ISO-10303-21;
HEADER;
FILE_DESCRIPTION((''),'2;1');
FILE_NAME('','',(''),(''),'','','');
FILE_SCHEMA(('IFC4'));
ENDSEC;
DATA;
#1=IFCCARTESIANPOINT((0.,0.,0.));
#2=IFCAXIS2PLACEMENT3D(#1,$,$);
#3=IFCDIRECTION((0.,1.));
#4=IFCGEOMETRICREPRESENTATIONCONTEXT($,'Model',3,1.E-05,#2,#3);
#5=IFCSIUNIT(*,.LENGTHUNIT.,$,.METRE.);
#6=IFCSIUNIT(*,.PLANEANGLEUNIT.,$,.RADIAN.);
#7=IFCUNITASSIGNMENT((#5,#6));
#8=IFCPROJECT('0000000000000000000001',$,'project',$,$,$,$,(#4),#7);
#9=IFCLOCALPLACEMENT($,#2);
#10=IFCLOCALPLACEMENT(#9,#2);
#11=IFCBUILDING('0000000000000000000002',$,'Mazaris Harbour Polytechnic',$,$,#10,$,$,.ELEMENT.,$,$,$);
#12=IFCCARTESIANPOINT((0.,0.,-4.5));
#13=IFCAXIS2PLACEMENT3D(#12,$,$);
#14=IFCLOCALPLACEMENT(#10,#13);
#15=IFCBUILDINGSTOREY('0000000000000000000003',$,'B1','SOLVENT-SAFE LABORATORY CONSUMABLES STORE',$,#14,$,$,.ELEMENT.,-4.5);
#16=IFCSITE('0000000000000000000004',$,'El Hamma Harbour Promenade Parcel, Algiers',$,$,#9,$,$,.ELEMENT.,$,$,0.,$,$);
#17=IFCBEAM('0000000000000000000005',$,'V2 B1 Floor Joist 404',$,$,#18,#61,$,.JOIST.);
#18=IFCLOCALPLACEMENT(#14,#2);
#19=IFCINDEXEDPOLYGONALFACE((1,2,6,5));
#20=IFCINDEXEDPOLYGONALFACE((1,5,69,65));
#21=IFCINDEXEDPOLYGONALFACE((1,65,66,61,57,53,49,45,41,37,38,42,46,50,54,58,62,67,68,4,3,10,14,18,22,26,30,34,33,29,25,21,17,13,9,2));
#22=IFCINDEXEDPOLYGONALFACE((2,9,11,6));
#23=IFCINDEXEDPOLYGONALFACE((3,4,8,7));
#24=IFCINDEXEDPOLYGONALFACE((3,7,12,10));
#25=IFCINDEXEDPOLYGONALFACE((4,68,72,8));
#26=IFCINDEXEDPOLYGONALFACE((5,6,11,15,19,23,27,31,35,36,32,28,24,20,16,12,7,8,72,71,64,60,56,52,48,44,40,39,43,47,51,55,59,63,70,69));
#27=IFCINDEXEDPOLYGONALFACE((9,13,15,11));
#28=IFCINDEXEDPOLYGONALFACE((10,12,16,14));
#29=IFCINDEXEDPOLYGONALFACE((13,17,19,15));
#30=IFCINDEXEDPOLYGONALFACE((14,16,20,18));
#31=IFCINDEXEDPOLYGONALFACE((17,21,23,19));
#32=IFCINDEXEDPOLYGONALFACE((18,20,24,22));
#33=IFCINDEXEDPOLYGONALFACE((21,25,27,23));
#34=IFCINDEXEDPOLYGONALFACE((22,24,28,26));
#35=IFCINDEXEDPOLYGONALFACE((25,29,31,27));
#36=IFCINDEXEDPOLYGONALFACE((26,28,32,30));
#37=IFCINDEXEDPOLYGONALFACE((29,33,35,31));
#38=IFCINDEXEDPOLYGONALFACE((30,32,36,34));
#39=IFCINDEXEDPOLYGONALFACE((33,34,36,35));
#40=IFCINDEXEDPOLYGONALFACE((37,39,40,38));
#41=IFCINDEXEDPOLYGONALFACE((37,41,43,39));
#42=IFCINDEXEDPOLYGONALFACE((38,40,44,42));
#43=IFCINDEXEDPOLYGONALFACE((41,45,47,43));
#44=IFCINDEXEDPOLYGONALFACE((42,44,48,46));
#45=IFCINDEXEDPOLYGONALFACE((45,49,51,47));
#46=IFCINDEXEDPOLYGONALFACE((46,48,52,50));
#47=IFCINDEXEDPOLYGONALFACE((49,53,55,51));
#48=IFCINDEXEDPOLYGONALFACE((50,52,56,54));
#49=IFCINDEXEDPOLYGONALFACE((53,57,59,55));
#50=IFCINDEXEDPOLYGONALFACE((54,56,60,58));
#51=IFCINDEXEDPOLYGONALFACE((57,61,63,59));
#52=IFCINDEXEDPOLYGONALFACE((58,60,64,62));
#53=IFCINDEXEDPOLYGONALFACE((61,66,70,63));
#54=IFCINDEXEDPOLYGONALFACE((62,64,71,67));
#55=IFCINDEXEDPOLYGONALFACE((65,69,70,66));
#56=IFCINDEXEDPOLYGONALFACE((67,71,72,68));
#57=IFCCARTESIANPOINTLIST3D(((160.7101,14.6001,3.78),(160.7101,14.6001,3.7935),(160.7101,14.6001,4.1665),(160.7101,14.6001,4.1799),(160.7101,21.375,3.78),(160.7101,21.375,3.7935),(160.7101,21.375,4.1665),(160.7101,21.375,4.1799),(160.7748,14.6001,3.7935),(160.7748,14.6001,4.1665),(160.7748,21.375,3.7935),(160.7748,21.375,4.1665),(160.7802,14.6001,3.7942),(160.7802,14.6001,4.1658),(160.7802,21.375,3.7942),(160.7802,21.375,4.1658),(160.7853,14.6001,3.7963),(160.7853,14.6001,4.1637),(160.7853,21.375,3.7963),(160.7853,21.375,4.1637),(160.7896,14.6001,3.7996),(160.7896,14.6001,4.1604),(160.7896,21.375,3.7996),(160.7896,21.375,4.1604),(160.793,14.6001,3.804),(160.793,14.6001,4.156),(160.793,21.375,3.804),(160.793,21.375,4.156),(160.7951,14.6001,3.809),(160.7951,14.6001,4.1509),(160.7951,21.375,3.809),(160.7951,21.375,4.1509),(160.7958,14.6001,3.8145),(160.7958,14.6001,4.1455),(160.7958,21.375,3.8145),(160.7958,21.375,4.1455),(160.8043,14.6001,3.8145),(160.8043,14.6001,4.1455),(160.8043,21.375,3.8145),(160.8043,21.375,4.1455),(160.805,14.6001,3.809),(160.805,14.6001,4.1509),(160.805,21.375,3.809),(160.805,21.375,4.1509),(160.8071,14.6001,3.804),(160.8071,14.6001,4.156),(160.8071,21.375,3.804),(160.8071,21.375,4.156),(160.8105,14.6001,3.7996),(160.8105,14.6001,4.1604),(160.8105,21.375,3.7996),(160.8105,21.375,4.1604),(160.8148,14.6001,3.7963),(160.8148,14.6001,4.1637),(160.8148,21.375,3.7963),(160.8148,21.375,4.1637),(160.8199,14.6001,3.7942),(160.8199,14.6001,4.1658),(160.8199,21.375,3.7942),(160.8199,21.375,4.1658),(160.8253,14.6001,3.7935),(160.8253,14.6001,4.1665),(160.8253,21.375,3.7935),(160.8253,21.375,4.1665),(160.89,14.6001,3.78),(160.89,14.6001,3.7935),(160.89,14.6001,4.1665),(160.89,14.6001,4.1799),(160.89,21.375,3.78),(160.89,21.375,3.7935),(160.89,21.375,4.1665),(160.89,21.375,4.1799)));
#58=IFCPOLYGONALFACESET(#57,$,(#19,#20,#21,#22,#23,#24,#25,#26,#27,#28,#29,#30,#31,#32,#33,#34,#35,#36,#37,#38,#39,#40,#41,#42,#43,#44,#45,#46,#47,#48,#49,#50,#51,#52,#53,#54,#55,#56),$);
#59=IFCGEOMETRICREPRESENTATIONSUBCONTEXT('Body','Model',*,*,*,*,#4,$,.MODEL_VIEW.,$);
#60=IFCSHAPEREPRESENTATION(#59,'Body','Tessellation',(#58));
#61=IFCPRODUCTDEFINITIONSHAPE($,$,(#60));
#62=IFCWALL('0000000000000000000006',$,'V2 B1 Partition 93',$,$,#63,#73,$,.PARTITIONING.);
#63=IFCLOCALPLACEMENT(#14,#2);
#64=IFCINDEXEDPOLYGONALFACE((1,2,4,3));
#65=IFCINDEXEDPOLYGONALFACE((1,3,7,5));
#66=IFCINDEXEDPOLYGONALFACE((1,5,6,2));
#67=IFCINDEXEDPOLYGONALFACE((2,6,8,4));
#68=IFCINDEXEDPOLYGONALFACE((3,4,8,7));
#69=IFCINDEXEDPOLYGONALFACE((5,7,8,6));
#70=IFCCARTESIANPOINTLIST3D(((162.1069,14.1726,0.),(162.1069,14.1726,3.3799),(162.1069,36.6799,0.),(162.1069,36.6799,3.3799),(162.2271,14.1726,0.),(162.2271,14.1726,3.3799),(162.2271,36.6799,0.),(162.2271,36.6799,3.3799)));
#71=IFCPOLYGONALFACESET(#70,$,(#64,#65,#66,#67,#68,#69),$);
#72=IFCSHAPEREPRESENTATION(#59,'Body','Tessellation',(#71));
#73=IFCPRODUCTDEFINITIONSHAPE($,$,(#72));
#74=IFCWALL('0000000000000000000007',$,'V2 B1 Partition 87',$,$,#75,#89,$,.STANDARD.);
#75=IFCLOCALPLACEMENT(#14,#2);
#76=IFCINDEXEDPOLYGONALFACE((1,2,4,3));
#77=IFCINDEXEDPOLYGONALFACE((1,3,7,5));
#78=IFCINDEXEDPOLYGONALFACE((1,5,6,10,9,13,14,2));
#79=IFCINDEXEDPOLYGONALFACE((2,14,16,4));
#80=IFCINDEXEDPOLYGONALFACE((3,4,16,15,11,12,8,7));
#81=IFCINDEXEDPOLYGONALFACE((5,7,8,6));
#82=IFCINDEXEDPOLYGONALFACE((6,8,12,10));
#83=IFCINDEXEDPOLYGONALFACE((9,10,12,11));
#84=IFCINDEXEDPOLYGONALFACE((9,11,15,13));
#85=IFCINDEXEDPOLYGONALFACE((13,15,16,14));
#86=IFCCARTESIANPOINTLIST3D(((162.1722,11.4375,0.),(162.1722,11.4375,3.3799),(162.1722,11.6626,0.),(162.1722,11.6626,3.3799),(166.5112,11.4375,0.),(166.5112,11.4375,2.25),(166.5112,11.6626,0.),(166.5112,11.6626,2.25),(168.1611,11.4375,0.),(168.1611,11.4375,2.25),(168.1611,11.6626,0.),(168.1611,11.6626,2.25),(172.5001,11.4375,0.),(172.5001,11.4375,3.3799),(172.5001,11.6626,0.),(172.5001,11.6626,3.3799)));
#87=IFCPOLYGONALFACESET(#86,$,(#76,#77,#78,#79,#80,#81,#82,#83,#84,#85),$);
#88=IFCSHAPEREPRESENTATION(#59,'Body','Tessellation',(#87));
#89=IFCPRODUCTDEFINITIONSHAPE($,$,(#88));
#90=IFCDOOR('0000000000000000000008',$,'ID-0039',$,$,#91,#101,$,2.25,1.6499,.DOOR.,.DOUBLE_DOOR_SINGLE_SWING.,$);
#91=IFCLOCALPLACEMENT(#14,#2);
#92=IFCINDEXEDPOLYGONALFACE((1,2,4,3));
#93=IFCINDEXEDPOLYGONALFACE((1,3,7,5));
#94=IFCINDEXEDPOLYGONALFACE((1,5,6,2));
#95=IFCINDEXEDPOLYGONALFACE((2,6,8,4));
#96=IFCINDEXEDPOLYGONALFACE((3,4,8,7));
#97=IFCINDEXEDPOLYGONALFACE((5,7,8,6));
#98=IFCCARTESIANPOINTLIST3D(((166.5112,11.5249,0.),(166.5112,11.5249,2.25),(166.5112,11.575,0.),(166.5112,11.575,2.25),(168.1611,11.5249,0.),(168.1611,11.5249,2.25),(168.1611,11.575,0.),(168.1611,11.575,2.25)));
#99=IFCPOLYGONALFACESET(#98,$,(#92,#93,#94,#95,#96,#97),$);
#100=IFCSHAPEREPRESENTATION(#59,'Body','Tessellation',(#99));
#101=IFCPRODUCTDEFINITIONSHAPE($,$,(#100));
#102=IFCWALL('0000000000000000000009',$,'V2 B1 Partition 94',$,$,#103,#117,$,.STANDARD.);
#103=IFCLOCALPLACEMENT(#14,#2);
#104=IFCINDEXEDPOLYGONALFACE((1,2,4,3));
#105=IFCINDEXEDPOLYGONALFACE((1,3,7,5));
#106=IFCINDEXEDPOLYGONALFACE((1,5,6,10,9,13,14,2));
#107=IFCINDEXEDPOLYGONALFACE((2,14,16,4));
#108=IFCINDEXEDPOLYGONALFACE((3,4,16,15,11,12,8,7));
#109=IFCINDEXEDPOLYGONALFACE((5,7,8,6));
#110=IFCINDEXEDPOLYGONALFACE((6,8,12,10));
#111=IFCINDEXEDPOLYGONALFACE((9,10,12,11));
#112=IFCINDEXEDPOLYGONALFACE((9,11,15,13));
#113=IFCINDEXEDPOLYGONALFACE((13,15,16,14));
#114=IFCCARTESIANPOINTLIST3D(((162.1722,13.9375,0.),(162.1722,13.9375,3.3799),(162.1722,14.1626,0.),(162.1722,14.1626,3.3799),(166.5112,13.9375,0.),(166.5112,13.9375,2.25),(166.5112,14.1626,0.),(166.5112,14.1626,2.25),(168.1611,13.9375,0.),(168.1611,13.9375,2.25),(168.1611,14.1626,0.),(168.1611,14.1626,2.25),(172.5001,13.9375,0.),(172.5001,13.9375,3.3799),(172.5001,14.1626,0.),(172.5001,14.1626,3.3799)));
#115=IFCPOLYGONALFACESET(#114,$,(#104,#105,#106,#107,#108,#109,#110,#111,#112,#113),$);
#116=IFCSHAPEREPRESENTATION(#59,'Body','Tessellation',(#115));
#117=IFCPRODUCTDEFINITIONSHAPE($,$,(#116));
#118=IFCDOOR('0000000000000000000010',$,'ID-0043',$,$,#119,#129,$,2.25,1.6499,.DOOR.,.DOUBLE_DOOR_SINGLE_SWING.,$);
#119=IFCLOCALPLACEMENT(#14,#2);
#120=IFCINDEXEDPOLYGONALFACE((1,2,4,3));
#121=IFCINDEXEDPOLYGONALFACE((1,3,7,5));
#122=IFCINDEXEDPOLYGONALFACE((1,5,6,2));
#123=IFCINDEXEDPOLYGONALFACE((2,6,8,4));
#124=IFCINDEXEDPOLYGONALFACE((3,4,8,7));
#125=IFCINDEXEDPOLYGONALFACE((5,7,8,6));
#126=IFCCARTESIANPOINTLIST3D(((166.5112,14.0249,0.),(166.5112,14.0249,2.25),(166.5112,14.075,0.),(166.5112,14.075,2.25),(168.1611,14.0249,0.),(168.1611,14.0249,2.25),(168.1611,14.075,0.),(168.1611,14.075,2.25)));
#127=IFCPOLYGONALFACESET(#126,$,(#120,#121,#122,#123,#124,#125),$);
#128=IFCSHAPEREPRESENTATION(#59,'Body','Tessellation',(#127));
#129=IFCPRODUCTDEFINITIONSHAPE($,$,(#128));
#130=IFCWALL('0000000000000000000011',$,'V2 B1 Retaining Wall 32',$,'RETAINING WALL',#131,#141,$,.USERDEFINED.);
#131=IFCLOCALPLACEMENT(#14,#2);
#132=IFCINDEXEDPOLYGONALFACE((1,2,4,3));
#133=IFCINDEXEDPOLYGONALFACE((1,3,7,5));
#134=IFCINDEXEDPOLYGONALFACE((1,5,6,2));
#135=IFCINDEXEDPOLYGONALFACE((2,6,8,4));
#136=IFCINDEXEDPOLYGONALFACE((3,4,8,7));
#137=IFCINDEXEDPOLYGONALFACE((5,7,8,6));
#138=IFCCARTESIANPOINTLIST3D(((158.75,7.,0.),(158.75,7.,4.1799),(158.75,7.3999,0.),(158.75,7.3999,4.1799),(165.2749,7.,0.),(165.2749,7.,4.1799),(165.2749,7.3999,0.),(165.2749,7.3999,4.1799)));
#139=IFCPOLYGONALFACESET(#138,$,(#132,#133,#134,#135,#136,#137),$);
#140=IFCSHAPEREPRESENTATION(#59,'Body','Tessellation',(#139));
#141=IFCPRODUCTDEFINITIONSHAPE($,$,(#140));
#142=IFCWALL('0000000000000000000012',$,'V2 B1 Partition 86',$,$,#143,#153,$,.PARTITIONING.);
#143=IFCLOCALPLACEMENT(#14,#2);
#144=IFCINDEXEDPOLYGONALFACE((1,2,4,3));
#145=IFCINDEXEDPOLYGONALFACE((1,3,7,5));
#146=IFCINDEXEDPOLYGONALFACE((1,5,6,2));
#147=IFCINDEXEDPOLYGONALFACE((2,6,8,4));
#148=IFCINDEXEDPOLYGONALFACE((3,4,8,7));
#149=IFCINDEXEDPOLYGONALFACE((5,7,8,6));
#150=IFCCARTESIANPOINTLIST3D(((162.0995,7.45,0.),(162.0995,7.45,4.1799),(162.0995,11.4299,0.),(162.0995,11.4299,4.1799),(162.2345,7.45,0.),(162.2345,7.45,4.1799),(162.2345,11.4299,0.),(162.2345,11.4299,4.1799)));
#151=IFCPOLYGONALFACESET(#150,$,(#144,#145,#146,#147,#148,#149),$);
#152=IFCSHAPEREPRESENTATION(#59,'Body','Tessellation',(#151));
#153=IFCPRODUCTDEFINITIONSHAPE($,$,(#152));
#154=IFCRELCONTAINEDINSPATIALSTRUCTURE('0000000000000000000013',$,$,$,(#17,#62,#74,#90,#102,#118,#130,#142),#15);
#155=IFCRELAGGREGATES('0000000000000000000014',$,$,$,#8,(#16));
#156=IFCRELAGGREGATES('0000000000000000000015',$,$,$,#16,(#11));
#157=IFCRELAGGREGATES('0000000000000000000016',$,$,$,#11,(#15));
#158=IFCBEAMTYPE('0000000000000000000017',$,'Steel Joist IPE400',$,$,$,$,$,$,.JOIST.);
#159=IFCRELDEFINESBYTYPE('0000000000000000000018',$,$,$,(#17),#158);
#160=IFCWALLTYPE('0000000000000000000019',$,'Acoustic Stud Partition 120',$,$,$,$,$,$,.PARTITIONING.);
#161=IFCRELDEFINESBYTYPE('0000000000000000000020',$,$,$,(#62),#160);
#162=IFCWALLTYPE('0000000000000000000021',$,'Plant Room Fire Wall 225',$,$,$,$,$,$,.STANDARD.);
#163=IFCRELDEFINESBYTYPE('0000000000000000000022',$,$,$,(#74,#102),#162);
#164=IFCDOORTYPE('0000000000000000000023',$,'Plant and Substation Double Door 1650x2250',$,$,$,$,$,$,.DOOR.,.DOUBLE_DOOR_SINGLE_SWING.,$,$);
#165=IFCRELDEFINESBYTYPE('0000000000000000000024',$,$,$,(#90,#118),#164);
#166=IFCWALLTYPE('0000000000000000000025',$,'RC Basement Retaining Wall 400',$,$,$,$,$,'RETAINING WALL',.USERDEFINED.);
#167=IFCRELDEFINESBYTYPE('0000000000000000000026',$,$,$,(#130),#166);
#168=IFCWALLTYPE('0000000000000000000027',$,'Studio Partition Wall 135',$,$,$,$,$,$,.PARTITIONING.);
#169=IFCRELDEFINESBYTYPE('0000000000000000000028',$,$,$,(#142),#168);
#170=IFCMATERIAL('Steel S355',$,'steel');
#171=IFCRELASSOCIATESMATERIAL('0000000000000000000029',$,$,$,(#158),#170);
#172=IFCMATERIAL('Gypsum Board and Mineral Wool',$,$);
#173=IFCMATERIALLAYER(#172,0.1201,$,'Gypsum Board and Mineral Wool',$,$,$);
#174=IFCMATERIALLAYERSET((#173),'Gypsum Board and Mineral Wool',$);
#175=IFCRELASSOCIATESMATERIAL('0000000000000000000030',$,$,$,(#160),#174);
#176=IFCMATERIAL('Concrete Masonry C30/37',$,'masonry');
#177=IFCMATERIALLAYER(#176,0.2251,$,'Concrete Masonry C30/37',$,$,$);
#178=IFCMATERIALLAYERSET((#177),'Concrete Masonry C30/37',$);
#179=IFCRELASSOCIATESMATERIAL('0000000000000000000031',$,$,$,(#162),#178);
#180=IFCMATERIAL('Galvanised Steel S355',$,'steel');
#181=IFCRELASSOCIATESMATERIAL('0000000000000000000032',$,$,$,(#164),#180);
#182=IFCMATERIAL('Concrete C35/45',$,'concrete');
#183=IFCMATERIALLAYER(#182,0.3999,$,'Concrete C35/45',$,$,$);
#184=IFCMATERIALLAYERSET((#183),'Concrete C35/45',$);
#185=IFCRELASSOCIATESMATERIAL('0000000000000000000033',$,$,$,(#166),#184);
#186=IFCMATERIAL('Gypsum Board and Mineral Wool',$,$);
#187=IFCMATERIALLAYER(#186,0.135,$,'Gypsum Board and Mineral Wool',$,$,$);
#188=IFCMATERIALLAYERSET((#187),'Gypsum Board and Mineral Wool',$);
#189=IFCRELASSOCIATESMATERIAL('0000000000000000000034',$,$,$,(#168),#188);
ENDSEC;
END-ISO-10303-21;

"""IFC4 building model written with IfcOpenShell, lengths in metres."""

from ifc_helpers import new_model, si_unit, direction, frame, frame_2d, origin, origin_2d, place, context, subcontext, project, spatial, rectangle, i_section, extrude, material, layer, layer_set, material_profile, profile_set, type_object, element, fill, save


model = new_model("IFC4")

# Units and contexts
model_context = context("Model", 3, precision=1e-05, world=origin(), true_north=direction((0.0, 1.0)))
body_context = subcontext(model_context, "Body", "Model", "MODEL_VIEW")
ifc_project = project(units=[si_unit("LENGTHUNIT", "METRE"), si_unit("PLANEANGLEUNIT", "RADIAN")], contexts=[model_context])

# Site, building, storey
site_placement = place(None, origin())
site = spatial("IfcSite", under=ifc_project, at=site_placement, Name="El Hamma Harbour Promenade Parcel, Algiers", CompositionType="ELEMENT", RefElevation=0.0)
building_placement = place(site_placement, origin())
building = spatial("IfcBuilding", under=site, at=building_placement, Name="Mazaris Harbour Polytechnic", CompositionType="ELEMENT")
storey_placement = place(building_placement, frame((0.0, 0.0, -4.5)))
storey = spatial("IfcBuildingStorey", under=building, at=storey_placement, Name="B1", Description="SOLVENT-SAFE LABORATORY CONSUMABLES STORE", CompositionType="ELEMENT", Elevation=-4.5)

# Beam
ifc_material_1 = material(Name="Steel S355", Category="steel")
ifc_material_profile_1 = material_profile(ifc_material_1, i_section(OverallWidth=0.1799, OverallDepth=0.3999, WebThickness=0.0085, FlangeThickness=0.0134, FilletRadius=0.021, at=origin_2d()), Name="IPE 400")
ifc_profile_set_1 = profile_set([ifc_material_profile_1], Name="Steel S355")
beam_type_1 = type_object("IfcBeamType", Name="Steel Joist IPE400", PredefinedType="JOIST", material=ifc_profile_set_1)
beam_1_placement = place(storey_placement, frame((160.8, 14.6001, 3.98), z_axis=(0.0, 1.0, 0.0), x_axis=(-1.0, 0.0, 0.0)))
element("IfcBeam", 1, at=beam_1_placement, inside=storey, type_object=beam_type_1, Name="V2 B1 Floor Joist 404", PredefinedType="JOIST", context=body_context, shape_type="SweptSolid", body=[
    extrude(i_section(OverallWidth=0.1799, OverallDepth=0.3999, WebThickness=0.0085, FlangeThickness=0.0134, FilletRadius=0.021, at=origin_2d()), origin(), (0.0, 0.0, 1.0), 6.7749),
])

# Wall
ifc_material_2 = material(Name="Gypsum Board and Mineral Wool")
ifc_layer_1 = layer(ifc_material_2, 0.1201, Name="Gypsum Board and Mineral Wool")
ifc_layer_set_1 = layer_set([ifc_layer_1], Name="Gypsum Board and Mineral Wool")
wall_type_1 = type_object("IfcWallType", Name="Acoustic Stud Partition 120", PredefinedType="PARTITIONING", material=ifc_layer_set_1)
wall_1_placement = place(storey_placement, frame((162.167, 14.1726, 0.0), z_axis=(0.0, 0.0, 1.0), x_axis=(0.0, 1.0, 0.0)))
element("IfcWall", 2, at=wall_1_placement, inside=storey, type_object=wall_type_1, Name="V2 B1 Partition 93", PredefinedType="PARTITIONING", context=body_context, shape_type="SweptSolid", body=[
    extrude(rectangle(XDim=22.5073, YDim=0.1201, at=frame_2d((11.2537, 0.0))), origin(), (0.0, 0.0, 1.0), 3.3799),
])

# Walls, openings, doors
ifc_material_3 = material(Name="Concrete Masonry C30/37", Category="masonry")
ifc_layer_2 = layer(ifc_material_3, 0.2251, Name="Concrete Masonry C30/37")
ifc_layer_set_2 = layer_set([ifc_layer_2], Name="Concrete Masonry C30/37")
wall_type_2 = type_object("IfcWallType", Name="Plant Room Fire Wall 225", PredefinedType="STANDARD", material=ifc_layer_set_2)
wall_2_placement = place(storey_placement, frame((162.1721, 11.55, 0.0), z_axis=(0.0, 0.0, 1.0), x_axis=(1.0, 0.0, 0.0)))
wall_2 = element("IfcWall", 3, at=wall_2_placement, inside=storey, type_object=wall_type_2, Name="V2 B1 Partition 87", PredefinedType="STANDARD", context=body_context, shape_type="SweptSolid", body=[
    extrude(rectangle(XDim=10.3279, YDim=0.2251, at=frame_2d((5.1641, 0.0))), origin(), (0.0, 0.0, 1.0), 3.3799),
])
opening_1_placement = place(wall_2_placement, frame((4.3391, 0.0, 0.0)))
opening_1 = element("IfcOpeningElement", 4, at=opening_1_placement, cuts=wall_2, PredefinedType="OPENING", context=body_context, shape_type="SweptSolid", body=[
    extrude(rectangle(XDim=1.6499, YDim=2.25, at=frame_2d((0.825, 1.125))), frame((0.0, 0.1226, 0.0), z_axis=(0.0, -1.0, 0.0), x_axis=(1.0, 0.0, 0.0)), (0.0, 0.0, 1.0), 0.2451),
])
ifc_material_4 = material(Name="Galvanised Steel S355", Category="steel")
door_type = type_object("IfcDoorType", Name="Plant and Substation Double Door 1650x2250", OperationType="DOUBLE_DOOR_SINGLE_SWING", PredefinedType="DOOR", material=ifc_material_4)
door_1_placement = place(opening_1_placement, origin())
door_1 = element("IfcDoor", 5, at=door_1_placement, inside=storey, type_object=door_type, Name="ID-0039", OperationType="DOUBLE_DOOR_SINGLE_SWING", OverallHeight=2.25, OverallWidth=1.6499, PredefinedType="DOOR", context=body_context, shape_type="SweptSolid", body=[
    extrude(rectangle(XDim=1.6499, YDim=2.25, at=frame_2d((0.825, 1.125))), frame((0.0, 0.0249, 0.0), z_axis=(0.0, -1.0, 0.0), x_axis=(1.0, 0.0, 0.0)), (0.0, 0.0, 1.0), 0.05),
])
fill(opening_1, door_1)
wall_3_placement = place(storey_placement, frame((162.1721, 14.05, 0.0), z_axis=(0.0, 0.0, 1.0), x_axis=(1.0, 0.0, 0.0)))
wall_3 = element("IfcWall", 6, at=wall_3_placement, inside=storey, type_object=wall_type_2, Name="V2 B1 Partition 94", PredefinedType="STANDARD", context=body_context, shape_type="SweptSolid", body=[
    extrude(rectangle(XDim=10.3279, YDim=0.2251, at=frame_2d((5.1641, 0.0))), origin(), (0.0, 0.0, 1.0), 3.3799),
])
opening_2_placement = place(wall_3_placement, frame((4.3391, 0.0, 0.0)))
opening_2 = element("IfcOpeningElement", 7, at=opening_2_placement, cuts=wall_3, PredefinedType="OPENING", context=body_context, shape_type="SweptSolid", body=[
    extrude(rectangle(XDim=1.6499, YDim=2.25, at=frame_2d((0.825, 1.125))), frame((0.0, 0.1226, 0.0), z_axis=(0.0, -1.0, 0.0), x_axis=(1.0, 0.0, 0.0)), (0.0, 0.0, 1.0), 0.2451),
])
door_2_placement = place(opening_2_placement, origin())
door_2 = element("IfcDoor", 8, at=door_2_placement, inside=storey, type_object=door_type, Name="ID-0043", OperationType="DOUBLE_DOOR_SINGLE_SWING", OverallHeight=2.25, OverallWidth=1.6499, PredefinedType="DOOR", context=body_context, shape_type="SweptSolid", body=[
    extrude(rectangle(XDim=1.6499, YDim=2.25, at=frame_2d((0.825, 1.125))), frame((0.0, 0.0249, 0.0), z_axis=(0.0, -1.0, 0.0), x_axis=(1.0, 0.0, 0.0)), (0.0, 0.0, 1.0), 0.05),
])
fill(opening_2, door_2)

# Walls
ifc_material_5 = material(Name="Concrete C35/45", Category="concrete")
ifc_layer_3 = layer(ifc_material_5, 0.3999, Name="Concrete C35/45")
ifc_layer_set_3 = layer_set([ifc_layer_3], Name="Concrete C35/45")
wall_type_3 = type_object("IfcWallType", Name="RC Basement Retaining Wall 400", ElementType="RETAINING WALL", PredefinedType="USERDEFINED", material=ifc_layer_set_3)
wall_4_placement = place(storey_placement, frame((158.75, 7.2, 0.0), z_axis=(0.0, 0.0, 1.0), x_axis=(1.0, 0.0, 0.0)))
element("IfcWall", 9, at=wall_4_placement, inside=storey, type_object=wall_type_3, Name="V2 B1 Retaining Wall 32", ObjectType="RETAINING WALL", PredefinedType="USERDEFINED", context=body_context, shape_type="SweptSolid", body=[
    extrude(rectangle(XDim=6.5249, YDim=0.3999, at=frame_2d((3.2625, 0.0))), origin(), (0.0, 0.0, 1.0), 4.1799),
])
ifc_material_6 = material(Name="Gypsum Board and Mineral Wool")
ifc_layer_4 = layer(ifc_material_6, 0.135, Name="Gypsum Board and Mineral Wool")
ifc_layer_set_4 = layer_set([ifc_layer_4], Name="Gypsum Board and Mineral Wool")
wall_type_4 = type_object("IfcWallType", Name="Studio Partition Wall 135", PredefinedType="PARTITIONING", material=ifc_layer_set_4)
wall_5_placement = place(storey_placement, frame((162.167, 7.45, 0.0), z_axis=(0.0, 0.0, 1.0), x_axis=(0.0, 1.0, 0.0)))
element("IfcWall", 10, at=wall_5_placement, inside=storey, type_object=wall_type_4, Name="V2 B1 Partition 86", PredefinedType="PARTITIONING", context=body_context, shape_type="SweptSolid", body=[
    extrude(rectangle(XDim=3.98, YDim=0.135, at=frame_2d((1.99, 0.0))), origin(), (0.0, 0.0, 1.0), 4.1799),
])

save(model, "model.ifc")
